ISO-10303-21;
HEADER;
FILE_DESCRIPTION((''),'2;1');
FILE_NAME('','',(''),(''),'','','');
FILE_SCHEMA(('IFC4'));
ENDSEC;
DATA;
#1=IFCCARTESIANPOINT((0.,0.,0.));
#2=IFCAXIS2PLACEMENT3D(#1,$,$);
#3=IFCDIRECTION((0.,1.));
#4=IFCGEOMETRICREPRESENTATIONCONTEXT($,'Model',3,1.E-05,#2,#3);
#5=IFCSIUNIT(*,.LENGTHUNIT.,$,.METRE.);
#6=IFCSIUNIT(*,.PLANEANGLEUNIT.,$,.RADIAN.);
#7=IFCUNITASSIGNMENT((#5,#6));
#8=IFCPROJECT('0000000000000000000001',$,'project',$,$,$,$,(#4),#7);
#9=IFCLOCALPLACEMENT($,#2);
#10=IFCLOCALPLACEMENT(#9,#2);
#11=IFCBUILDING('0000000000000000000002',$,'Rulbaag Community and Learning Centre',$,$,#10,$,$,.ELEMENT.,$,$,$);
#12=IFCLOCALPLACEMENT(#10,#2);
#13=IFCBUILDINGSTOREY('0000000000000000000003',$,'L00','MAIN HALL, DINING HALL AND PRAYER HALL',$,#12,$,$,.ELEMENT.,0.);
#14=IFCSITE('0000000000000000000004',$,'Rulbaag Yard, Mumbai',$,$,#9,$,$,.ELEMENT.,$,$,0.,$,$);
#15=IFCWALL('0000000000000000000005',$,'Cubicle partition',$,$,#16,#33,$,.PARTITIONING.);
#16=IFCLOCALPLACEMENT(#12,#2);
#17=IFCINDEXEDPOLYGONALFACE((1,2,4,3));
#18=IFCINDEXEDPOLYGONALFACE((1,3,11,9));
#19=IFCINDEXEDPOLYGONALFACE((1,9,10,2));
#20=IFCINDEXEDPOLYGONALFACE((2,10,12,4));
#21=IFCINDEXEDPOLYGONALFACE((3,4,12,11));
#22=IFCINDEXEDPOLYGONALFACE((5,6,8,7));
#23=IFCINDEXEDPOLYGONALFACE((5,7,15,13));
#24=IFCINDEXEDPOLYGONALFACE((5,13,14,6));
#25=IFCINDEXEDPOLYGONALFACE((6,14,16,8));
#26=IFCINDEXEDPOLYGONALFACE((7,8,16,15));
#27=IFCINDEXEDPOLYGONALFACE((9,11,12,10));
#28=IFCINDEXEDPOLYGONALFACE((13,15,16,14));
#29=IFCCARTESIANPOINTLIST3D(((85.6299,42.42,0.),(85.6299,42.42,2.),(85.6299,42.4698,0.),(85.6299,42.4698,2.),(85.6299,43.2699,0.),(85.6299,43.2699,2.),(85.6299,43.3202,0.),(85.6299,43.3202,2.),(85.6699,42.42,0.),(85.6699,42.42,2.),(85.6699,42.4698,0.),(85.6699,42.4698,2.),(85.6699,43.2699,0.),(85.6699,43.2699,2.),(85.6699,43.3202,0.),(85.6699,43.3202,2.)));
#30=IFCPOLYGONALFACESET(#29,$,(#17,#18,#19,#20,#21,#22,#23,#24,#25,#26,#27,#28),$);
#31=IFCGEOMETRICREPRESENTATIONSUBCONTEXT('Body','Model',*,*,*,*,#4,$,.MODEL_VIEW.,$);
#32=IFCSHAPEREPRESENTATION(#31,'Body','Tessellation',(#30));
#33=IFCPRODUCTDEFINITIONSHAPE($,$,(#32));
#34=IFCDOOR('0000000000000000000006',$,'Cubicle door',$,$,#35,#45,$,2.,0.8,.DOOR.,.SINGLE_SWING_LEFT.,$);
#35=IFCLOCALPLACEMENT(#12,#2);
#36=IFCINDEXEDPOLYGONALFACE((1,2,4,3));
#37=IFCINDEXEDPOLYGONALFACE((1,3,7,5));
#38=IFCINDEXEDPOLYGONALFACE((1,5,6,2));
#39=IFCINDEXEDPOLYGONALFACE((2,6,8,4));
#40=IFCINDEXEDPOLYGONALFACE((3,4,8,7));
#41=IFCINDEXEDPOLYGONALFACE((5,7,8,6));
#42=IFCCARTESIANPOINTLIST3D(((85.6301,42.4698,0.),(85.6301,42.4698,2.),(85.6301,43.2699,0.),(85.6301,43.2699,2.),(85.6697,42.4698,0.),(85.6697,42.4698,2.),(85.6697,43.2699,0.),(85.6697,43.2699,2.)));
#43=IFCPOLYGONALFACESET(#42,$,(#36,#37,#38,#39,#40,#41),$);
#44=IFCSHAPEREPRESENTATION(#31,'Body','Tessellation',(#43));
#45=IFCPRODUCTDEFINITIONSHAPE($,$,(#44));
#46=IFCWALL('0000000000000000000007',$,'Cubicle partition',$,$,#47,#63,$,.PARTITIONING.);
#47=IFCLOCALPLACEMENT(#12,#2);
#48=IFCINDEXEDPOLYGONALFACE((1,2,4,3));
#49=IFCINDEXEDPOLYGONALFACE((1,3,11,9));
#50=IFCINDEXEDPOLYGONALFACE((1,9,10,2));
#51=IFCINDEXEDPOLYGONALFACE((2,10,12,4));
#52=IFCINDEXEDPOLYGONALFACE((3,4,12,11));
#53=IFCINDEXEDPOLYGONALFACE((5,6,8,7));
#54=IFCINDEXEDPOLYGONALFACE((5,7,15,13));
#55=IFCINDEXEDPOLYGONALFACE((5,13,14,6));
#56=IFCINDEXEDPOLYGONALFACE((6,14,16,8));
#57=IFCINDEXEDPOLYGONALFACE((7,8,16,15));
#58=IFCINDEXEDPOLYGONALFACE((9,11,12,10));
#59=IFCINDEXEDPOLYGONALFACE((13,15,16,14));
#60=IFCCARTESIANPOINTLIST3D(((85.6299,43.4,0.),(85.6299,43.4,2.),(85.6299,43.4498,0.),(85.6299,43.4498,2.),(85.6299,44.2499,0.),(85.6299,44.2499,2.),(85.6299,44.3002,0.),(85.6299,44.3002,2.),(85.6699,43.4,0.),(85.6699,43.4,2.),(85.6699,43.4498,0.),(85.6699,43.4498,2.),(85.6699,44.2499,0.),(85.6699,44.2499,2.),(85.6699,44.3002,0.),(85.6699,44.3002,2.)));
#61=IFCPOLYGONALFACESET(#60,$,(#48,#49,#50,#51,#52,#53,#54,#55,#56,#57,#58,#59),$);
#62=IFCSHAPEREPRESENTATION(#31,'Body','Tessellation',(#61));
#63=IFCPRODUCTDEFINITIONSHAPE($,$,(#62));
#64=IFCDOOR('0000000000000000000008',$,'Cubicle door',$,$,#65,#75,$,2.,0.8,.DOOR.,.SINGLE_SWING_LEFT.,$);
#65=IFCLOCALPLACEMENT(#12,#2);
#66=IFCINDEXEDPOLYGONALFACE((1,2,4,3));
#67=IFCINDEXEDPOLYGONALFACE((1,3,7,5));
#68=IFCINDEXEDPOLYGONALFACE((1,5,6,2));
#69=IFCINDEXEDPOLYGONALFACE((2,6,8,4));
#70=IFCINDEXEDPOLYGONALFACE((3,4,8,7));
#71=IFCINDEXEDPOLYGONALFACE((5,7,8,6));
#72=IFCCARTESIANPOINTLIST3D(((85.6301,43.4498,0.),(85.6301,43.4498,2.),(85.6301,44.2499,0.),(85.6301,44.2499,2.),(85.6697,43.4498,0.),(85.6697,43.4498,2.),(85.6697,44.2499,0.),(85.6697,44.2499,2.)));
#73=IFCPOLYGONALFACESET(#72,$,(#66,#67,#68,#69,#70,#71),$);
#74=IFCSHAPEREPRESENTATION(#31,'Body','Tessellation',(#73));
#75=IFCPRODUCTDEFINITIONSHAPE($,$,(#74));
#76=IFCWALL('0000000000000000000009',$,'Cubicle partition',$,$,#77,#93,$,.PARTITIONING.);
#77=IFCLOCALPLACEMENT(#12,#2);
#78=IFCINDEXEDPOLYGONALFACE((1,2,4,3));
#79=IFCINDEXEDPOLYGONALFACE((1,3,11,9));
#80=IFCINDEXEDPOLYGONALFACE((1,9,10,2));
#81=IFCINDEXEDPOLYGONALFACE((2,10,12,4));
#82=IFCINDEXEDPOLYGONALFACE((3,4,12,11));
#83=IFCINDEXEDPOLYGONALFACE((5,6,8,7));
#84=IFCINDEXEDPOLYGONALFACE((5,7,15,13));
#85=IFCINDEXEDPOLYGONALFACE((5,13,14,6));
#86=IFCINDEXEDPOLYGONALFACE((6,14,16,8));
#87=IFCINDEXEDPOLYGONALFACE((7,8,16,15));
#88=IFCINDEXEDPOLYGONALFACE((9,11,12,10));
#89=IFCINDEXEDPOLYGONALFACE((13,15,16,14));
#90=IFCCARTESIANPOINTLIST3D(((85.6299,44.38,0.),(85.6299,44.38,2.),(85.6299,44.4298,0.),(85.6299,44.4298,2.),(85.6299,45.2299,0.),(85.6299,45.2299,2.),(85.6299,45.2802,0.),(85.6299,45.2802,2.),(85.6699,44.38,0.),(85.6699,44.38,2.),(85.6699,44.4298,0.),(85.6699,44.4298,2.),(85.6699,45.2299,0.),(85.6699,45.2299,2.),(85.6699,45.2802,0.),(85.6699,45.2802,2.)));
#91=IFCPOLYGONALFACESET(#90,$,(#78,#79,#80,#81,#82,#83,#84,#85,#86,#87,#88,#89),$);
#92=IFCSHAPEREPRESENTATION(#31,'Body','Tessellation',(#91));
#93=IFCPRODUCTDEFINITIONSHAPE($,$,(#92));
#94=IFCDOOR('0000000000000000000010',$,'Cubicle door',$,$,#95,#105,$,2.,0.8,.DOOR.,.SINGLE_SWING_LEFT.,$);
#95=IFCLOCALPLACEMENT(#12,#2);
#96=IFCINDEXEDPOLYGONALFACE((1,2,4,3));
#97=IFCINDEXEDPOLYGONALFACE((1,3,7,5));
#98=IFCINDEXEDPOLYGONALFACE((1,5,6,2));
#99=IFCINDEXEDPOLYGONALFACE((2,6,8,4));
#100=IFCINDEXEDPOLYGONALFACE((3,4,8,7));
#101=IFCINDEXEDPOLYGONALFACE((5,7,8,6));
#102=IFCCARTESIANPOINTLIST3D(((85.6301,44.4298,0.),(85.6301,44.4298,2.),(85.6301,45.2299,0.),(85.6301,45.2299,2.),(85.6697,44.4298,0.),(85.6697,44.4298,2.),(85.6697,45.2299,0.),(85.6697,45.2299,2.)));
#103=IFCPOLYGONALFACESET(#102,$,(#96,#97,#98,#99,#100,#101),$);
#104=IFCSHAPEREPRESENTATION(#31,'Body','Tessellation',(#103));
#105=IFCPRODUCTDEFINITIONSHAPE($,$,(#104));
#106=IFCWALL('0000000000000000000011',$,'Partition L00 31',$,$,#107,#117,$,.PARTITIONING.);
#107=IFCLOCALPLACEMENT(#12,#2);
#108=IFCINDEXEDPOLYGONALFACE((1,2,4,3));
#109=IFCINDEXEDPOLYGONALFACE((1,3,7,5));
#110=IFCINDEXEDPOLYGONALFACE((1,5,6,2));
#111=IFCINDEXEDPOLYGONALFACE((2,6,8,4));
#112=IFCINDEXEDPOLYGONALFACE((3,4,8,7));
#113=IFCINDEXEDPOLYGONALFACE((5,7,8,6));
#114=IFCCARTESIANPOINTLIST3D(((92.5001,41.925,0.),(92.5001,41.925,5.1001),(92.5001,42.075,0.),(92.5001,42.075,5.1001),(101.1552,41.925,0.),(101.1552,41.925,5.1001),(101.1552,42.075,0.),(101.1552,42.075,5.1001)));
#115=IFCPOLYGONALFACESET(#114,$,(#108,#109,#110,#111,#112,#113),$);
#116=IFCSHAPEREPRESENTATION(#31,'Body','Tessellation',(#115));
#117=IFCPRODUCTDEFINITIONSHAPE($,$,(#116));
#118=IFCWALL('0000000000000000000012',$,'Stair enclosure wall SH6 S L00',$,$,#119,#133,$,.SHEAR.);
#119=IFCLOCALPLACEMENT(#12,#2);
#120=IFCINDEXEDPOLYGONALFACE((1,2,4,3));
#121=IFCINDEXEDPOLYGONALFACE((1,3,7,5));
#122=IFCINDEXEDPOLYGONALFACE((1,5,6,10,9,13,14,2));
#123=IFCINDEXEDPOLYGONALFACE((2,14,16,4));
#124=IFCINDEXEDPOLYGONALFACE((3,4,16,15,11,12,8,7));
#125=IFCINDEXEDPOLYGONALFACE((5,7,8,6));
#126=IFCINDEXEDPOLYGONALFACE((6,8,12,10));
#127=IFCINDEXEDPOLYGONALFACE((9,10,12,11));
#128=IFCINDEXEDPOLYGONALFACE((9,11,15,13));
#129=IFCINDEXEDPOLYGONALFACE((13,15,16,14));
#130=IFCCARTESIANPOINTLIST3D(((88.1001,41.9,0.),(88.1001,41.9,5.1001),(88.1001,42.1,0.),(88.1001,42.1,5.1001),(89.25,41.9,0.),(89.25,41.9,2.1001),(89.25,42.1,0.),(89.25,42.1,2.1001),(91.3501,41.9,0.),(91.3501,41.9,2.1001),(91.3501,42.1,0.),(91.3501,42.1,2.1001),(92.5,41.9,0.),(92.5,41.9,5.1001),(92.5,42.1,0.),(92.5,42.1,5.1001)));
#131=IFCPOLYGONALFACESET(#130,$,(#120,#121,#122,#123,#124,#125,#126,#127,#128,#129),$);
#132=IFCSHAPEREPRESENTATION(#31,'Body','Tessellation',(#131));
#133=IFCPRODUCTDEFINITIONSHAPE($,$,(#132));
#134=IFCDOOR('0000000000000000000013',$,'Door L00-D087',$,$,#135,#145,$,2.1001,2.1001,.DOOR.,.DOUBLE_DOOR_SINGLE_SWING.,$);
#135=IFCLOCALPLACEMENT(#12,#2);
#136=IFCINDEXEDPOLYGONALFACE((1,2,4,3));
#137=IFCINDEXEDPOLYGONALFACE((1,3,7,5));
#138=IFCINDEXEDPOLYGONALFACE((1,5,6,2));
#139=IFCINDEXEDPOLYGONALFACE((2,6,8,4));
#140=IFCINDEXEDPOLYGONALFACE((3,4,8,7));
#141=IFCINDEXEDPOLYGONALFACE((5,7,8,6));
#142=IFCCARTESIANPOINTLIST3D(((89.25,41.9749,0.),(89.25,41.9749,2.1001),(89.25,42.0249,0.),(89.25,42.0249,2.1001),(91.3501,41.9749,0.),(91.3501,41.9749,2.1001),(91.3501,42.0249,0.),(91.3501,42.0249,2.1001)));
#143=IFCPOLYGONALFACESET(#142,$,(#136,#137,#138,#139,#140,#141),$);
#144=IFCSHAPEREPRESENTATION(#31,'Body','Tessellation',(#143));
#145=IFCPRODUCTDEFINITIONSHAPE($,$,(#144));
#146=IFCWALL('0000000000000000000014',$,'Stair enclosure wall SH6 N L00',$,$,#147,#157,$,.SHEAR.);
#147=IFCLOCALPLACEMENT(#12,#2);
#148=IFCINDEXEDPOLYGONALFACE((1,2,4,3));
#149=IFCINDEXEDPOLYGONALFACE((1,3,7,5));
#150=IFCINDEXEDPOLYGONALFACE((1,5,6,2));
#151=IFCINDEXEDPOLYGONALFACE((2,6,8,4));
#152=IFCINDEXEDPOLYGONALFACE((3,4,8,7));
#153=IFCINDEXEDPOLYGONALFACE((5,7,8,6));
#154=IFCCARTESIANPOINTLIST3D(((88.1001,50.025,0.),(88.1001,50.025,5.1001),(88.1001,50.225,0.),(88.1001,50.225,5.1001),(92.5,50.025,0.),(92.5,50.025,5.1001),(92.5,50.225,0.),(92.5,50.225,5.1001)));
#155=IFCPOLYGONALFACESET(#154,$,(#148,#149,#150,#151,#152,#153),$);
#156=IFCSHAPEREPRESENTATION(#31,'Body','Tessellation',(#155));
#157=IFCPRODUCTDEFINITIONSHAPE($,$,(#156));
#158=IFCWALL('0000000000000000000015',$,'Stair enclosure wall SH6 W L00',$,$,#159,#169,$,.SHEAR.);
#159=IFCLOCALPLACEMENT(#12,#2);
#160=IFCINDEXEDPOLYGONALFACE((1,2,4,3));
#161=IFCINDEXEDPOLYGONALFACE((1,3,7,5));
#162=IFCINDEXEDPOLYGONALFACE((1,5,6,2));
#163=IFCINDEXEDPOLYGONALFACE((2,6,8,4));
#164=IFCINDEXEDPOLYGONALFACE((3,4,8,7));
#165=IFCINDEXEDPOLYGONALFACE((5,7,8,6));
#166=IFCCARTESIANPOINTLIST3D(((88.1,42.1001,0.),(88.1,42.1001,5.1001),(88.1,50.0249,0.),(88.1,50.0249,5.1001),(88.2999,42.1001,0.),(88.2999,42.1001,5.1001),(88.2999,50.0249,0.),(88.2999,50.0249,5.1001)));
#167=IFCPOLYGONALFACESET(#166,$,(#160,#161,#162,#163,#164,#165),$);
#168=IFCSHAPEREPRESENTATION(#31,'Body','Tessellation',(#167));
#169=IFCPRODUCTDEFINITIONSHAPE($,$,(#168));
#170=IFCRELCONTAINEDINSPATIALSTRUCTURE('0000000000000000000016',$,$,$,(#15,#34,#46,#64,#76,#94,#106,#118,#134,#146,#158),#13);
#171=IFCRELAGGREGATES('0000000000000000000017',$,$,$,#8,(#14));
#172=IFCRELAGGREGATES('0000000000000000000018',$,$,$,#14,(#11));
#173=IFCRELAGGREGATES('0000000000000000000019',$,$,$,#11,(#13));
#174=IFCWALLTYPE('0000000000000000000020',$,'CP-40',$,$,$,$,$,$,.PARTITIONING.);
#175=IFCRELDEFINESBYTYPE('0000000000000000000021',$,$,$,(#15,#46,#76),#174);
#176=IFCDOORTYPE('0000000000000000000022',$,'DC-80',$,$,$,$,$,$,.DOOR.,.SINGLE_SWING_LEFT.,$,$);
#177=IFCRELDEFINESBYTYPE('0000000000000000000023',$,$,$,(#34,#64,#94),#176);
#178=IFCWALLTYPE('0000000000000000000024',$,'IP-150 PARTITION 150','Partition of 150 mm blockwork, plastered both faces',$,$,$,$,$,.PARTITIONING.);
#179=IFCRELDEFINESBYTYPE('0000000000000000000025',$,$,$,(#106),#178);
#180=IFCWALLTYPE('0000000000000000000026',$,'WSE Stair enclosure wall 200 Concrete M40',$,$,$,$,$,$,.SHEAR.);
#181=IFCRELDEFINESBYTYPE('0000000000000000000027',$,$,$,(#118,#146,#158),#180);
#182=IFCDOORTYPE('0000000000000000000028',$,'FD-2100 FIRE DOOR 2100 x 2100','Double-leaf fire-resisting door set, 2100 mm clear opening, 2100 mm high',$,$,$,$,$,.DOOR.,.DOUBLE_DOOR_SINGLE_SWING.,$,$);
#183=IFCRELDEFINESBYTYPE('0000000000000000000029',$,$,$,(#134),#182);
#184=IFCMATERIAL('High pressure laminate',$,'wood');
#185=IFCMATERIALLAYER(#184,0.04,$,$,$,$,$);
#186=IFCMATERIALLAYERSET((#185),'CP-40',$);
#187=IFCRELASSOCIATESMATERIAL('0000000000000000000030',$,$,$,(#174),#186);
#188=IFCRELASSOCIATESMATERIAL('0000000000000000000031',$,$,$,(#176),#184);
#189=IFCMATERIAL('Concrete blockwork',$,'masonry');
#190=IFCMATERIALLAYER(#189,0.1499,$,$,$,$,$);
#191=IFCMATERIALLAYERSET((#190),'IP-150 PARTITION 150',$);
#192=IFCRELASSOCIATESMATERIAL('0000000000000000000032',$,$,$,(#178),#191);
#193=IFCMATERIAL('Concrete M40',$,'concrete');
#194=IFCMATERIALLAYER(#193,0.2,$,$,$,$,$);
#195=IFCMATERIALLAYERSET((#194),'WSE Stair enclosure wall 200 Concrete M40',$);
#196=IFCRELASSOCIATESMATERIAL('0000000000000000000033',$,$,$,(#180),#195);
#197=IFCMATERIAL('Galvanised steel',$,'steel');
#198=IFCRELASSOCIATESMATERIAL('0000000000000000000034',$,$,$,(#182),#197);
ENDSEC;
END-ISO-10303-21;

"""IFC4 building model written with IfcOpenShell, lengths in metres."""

from ifc_helpers import new_model, si_unit, direction, frame, frame_2d, origin, place, context, subcontext, project, spatial, rectangle, extrude, material, layer, layer_set, type_object, element, fill, save


model = new_model("IFC4")

# Units and contexts
model_context = context("Model", 3, precision=1e-05, world=origin(), true_north=direction((0.0, 1.0)))
body_context = subcontext(model_context, "Body", "Model", "MODEL_VIEW")
ifc_project = project(units=[si_unit("LENGTHUNIT", "METRE"), si_unit("PLANEANGLEUNIT", "RADIAN")], contexts=[model_context])

# Site, building, storey
site_placement = place(None, origin())
site = spatial("IfcSite", under=ifc_project, at=site_placement, Name="Rulbaag Yard, Mumbai", CompositionType="ELEMENT", RefElevation=0.0)
building_placement = place(site_placement, origin())
building = spatial("IfcBuilding", under=site, at=building_placement, Name="Rulbaag Community and Learning Centre", CompositionType="ELEMENT")
storey_placement = place(building_placement, origin())
storey = spatial("IfcBuildingStorey", under=building, at=storey_placement, Name="L00", Description="MAIN HALL, DINING HALL AND PRAYER HALL", CompositionType="ELEMENT", Elevation=0.0)

# Shared definitions
ifc_material_1 = material(Name="Concrete M40", Category="concrete")

# Walls, openings, doors
ifc_material_2 = material(Name="High pressure laminate", Category="wood")
ifc_layer_1 = layer(ifc_material_2, 0.04)
ifc_layer_set_1 = layer_set([ifc_layer_1], Name="CP-40")
wall_type_1 = type_object("IfcWallType", Name="CP-40", PredefinedType="PARTITIONING", material=ifc_layer_set_1)
wall_1_placement = place(storey_placement, frame((85.6499, 42.4199, 0.0), z_axis=(0.0, 0.0, 1.0), x_axis=(0.0, 1.0, 0.0)))
wall_1 = element("IfcWall", 1, at=wall_1_placement, inside=storey, type_object=wall_type_1, Name="Cubicle partition", PredefinedType="PARTITIONING", context=body_context, shape_type="SweptSolid", body=[
    extrude(rectangle(XDim=0.9001, YDim=0.04, at=frame_2d((0.4502, 0.0))), origin(), (0.0, 0.0, 1.0), 2.0),
])
opening_1_placement = place(wall_1_placement, frame((0.05, 0.0, 0.0)))
opening_1 = element("IfcOpeningElement", 2, at=opening_1_placement, cuts=wall_1, PredefinedType="OPENING", context=body_context, shape_type="SweptSolid", body=[
    extrude(rectangle(XDim=0.8, YDim=2.0, at=frame_2d((0.3999, 1.0))), frame((0.0, 0.03, 0.0), z_axis=(0.0, -1.0, 0.0), x_axis=(1.0, 0.0, 0.0)), (0.0, 0.0, 1.0), 0.0601),
])
door_type_1 = type_object("IfcDoorType", Name="DC-80", OperationType="SINGLE_SWING_LEFT", PredefinedType="DOOR", material=ifc_material_2)
door_1_placement = place(opening_1_placement, origin())
door_1 = element("IfcDoor", 3, at=door_1_placement, inside=storey, type_object=door_type_1, Name="Cubicle door", OperationType="SINGLE_SWING_LEFT", OverallHeight=2.0, OverallWidth=0.8, PredefinedType="DOOR", context=body_context, shape_type="SweptSolid", body=[
    extrude(rectangle(XDim=0.8, YDim=2.0, at=frame_2d((0.3999, 1.0))), frame((0.0, 0.0198, 0.0), z_axis=(0.0, -1.0, 0.0), x_axis=(1.0, 0.0, 0.0)), (0.0, 0.0, 1.0), 0.0396),
])
fill(opening_1, door_1)
wall_2_placement = place(storey_placement, frame((85.6499, 43.3999, 0.0), z_axis=(0.0, 0.0, 1.0), x_axis=(0.0, 1.0, 0.0)))
wall_2 = element("IfcWall", 4, at=wall_2_placement, inside=storey, type_object=wall_type_1, Name="Cubicle partition", PredefinedType="PARTITIONING", context=body_context, shape_type="SweptSolid", body=[
    extrude(rectangle(XDim=0.9001, YDim=0.04, at=frame_2d((0.4502, 0.0))), origin(), (0.0, 0.0, 1.0), 2.0),
])
opening_2_placement = place(wall_2_placement, frame((0.05, 0.0, 0.0)))
opening_2 = element("IfcOpeningElement", 5, at=opening_2_placement, cuts=wall_2, PredefinedType="OPENING", context=body_context, shape_type="SweptSolid", body=[
    extrude(rectangle(XDim=0.8, YDim=2.0, at=frame_2d((0.3999, 1.0))), frame((0.0, 0.03, 0.0), z_axis=(0.0, -1.0, 0.0), x_axis=(1.0, 0.0, 0.0)), (0.0, 0.0, 1.0), 0.0601),
])
door_2_placement = place(opening_2_placement, origin())
door_2 = element("IfcDoor", 6, at=door_2_placement, inside=storey, type_object=door_type_1, Name="Cubicle door", OperationType="SINGLE_SWING_LEFT", OverallHeight=2.0, OverallWidth=0.8, PredefinedType="DOOR", context=body_context, shape_type="SweptSolid", body=[
    extrude(rectangle(XDim=0.8, YDim=2.0, at=frame_2d((0.3999, 1.0))), frame((0.0, 0.0198, 0.0), z_axis=(0.0, -1.0, 0.0), x_axis=(1.0, 0.0, 0.0)), (0.0, 0.0, 1.0), 0.0396),
])
fill(opening_2, door_2)
wall_3_placement = place(storey_placement, frame((85.6499, 44.3799, 0.0), z_axis=(0.0, 0.0, 1.0), x_axis=(0.0, 1.0, 0.0)))
wall_3 = element("IfcWall", 7, at=wall_3_placement, inside=storey, type_object=wall_type_1, Name="Cubicle partition", PredefinedType="PARTITIONING", context=body_context, shape_type="SweptSolid", body=[
    extrude(rectangle(XDim=0.9001, YDim=0.04, at=frame_2d((0.4502, 0.0))), origin(), (0.0, 0.0, 1.0), 2.0),
])
opening_3_placement = place(wall_3_placement, frame((0.05, 0.0, 0.0)))
opening_3 = element("IfcOpeningElement", 8, at=opening_3_placement, cuts=wall_3, PredefinedType="OPENING", context=body_context, shape_type="SweptSolid", body=[
    extrude(rectangle(XDim=0.8, YDim=2.0, at=frame_2d((0.3999, 1.0))), frame((0.0, 0.03, 0.0), z_axis=(0.0, -1.0, 0.0), x_axis=(1.0, 0.0, 0.0)), (0.0, 0.0, 1.0), 0.0601),
])
door_3_placement = place(opening_3_placement, origin())
door_3 = element("IfcDoor", 9, at=door_3_placement, inside=storey, type_object=door_type_1, Name="Cubicle door", OperationType="SINGLE_SWING_LEFT", OverallHeight=2.0, OverallWidth=0.8, PredefinedType="DOOR", context=body_context, shape_type="SweptSolid", body=[
    extrude(rectangle(XDim=0.8, YDim=2.0, at=frame_2d((0.3999, 1.0))), frame((0.0, 0.0198, 0.0), z_axis=(0.0, -1.0, 0.0), x_axis=(1.0, 0.0, 0.0)), (0.0, 0.0, 1.0), 0.0396),
])
fill(opening_3, door_3)

# Wall
ifc_material_3 = material(Name="Concrete blockwork", Category="masonry")
ifc_layer_2 = layer(ifc_material_3, 0.1499)
ifc_layer_set_2 = layer_set([ifc_layer_2], Name="IP-150 PARTITION 150")
wall_type_2 = type_object("IfcWallType", Name="IP-150 PARTITION 150", Description="Partition of 150 mm blockwork, plastered both faces", PredefinedType="PARTITIONING", material=ifc_layer_set_2)
wall_4_placement = place(storey_placement, frame((92.5, 42.0, 0.0), z_axis=(0.0, 0.0, 1.0), x_axis=(1.0, 0.0, 0.0)))
element("IfcWall", 10, at=wall_4_placement, inside=storey, type_object=wall_type_2, Name="Partition L00 31", PredefinedType="PARTITIONING", context=body_context, shape_type="SweptSolid", body=[
    extrude(rectangle(XDim=8.655, YDim=0.1499, at=frame_2d((4.3276, 0.0))), origin(), (0.0, 0.0, 1.0), 5.1001),
])

# Wall, opening, door
ifc_layer_3 = layer(ifc_material_1, 0.2)
ifc_layer_set_3 = layer_set([ifc_layer_3], Name="WSE Stair enclosure wall 200 Concrete M40")
wall_type_3 = type_object("IfcWallType", Name="WSE Stair enclosure wall 200 Concrete M40", PredefinedType="SHEAR", material=ifc_layer_set_3)
wall_5_placement = place(storey_placement, frame((88.1001, 42.0, 0.0), z_axis=(0.0, 0.0, 1.0), x_axis=(1.0, 0.0, 0.0)))
wall_5 = element("IfcWall", 11, at=wall_5_placement, inside=storey, type_object=wall_type_3, Name="Stair enclosure wall SH6 S L00", PredefinedType="SHEAR", context=body_context, shape_type="SweptSolid", body=[
    extrude(rectangle(XDim=4.3999, YDim=0.2, at=frame_2d((2.2, 0.0))), origin(), (0.0, 0.0, 1.0), 5.1001),
])
opening_4_placement = place(wall_5_placement, frame((1.1499, 0.0, 0.0)))
opening_4 = element("IfcOpeningElement", 12, at=opening_4_placement, cuts=wall_5, PredefinedType="OPENING", context=body_context, shape_type="SweptSolid", body=[
    extrude(rectangle(XDim=2.1001, YDim=2.1001, at=frame_2d((1.05, 1.05))), frame((0.0, 0.1099, 0.0), z_axis=(0.0, -1.0, 0.0), x_axis=(1.0, 0.0, 0.0)), (0.0, 0.0, 1.0), 0.22),
])
ifc_material_4 = material(Name="Galvanised steel", Category="steel")
door_type_2 = type_object("IfcDoorType", Name="FD-2100 FIRE DOOR 2100 x 2100", Description="Double-leaf fire-resisting door set, 2100 mm clear opening, 2100 mm high", OperationType="DOUBLE_DOOR_SINGLE_SWING", PredefinedType="DOOR", material=ifc_material_4)
door_4_placement = place(opening_4_placement, origin())
door_4 = element("IfcDoor", 13, at=door_4_placement, inside=storey, type_object=door_type_2, Name="Door L00-D087", OperationType="DOUBLE_DOOR_SINGLE_SWING", OverallHeight=2.1001, OverallWidth=2.1001, PredefinedType="DOOR", context=body_context, shape_type="SweptSolid", body=[
    extrude(rectangle(XDim=2.1001, YDim=2.1001, at=frame_2d((1.05, 1.05))), frame((0.0, 0.0249, 0.0), z_axis=(0.0, -1.0, 0.0), x_axis=(1.0, 0.0, 0.0)), (0.0, 0.0, 1.0), 0.05),
])
fill(opening_4, door_4)

# Walls
wall_6_placement = place(storey_placement, frame((88.1001, 50.125, 0.0), z_axis=(0.0, 0.0, 1.0), x_axis=(1.0, 0.0, 0.0)))
element("IfcWall", 14, at=wall_6_placement, inside=storey, type_object=wall_type_3, Name="Stair enclosure wall SH6 N L00", PredefinedType="SHEAR", context=body_context, shape_type="SweptSolid", body=[
    extrude(rectangle(XDim=4.3999, YDim=0.2, at=frame_2d((2.2, 0.0))), origin(), (0.0, 0.0, 1.0), 5.1001),
])
wall_7_placement = place(storey_placement, frame((88.2, 42.1001, 0.0), z_axis=(0.0, 0.0, 1.0), x_axis=(0.0, 1.0, 0.0)))
element("IfcWall", 15, at=wall_7_placement, inside=storey, type_object=wall_type_3, Name="Stair enclosure wall SH6 W L00", PredefinedType="SHEAR", context=body_context, shape_type="SweptSolid", body=[
    extrude(rectangle(XDim=7.9248, YDim=0.2, at=frame_2d((3.9624, 0.0))), origin(), (0.0, 0.0, 1.0), 5.1001),
])

save(model, "model.ifc")
